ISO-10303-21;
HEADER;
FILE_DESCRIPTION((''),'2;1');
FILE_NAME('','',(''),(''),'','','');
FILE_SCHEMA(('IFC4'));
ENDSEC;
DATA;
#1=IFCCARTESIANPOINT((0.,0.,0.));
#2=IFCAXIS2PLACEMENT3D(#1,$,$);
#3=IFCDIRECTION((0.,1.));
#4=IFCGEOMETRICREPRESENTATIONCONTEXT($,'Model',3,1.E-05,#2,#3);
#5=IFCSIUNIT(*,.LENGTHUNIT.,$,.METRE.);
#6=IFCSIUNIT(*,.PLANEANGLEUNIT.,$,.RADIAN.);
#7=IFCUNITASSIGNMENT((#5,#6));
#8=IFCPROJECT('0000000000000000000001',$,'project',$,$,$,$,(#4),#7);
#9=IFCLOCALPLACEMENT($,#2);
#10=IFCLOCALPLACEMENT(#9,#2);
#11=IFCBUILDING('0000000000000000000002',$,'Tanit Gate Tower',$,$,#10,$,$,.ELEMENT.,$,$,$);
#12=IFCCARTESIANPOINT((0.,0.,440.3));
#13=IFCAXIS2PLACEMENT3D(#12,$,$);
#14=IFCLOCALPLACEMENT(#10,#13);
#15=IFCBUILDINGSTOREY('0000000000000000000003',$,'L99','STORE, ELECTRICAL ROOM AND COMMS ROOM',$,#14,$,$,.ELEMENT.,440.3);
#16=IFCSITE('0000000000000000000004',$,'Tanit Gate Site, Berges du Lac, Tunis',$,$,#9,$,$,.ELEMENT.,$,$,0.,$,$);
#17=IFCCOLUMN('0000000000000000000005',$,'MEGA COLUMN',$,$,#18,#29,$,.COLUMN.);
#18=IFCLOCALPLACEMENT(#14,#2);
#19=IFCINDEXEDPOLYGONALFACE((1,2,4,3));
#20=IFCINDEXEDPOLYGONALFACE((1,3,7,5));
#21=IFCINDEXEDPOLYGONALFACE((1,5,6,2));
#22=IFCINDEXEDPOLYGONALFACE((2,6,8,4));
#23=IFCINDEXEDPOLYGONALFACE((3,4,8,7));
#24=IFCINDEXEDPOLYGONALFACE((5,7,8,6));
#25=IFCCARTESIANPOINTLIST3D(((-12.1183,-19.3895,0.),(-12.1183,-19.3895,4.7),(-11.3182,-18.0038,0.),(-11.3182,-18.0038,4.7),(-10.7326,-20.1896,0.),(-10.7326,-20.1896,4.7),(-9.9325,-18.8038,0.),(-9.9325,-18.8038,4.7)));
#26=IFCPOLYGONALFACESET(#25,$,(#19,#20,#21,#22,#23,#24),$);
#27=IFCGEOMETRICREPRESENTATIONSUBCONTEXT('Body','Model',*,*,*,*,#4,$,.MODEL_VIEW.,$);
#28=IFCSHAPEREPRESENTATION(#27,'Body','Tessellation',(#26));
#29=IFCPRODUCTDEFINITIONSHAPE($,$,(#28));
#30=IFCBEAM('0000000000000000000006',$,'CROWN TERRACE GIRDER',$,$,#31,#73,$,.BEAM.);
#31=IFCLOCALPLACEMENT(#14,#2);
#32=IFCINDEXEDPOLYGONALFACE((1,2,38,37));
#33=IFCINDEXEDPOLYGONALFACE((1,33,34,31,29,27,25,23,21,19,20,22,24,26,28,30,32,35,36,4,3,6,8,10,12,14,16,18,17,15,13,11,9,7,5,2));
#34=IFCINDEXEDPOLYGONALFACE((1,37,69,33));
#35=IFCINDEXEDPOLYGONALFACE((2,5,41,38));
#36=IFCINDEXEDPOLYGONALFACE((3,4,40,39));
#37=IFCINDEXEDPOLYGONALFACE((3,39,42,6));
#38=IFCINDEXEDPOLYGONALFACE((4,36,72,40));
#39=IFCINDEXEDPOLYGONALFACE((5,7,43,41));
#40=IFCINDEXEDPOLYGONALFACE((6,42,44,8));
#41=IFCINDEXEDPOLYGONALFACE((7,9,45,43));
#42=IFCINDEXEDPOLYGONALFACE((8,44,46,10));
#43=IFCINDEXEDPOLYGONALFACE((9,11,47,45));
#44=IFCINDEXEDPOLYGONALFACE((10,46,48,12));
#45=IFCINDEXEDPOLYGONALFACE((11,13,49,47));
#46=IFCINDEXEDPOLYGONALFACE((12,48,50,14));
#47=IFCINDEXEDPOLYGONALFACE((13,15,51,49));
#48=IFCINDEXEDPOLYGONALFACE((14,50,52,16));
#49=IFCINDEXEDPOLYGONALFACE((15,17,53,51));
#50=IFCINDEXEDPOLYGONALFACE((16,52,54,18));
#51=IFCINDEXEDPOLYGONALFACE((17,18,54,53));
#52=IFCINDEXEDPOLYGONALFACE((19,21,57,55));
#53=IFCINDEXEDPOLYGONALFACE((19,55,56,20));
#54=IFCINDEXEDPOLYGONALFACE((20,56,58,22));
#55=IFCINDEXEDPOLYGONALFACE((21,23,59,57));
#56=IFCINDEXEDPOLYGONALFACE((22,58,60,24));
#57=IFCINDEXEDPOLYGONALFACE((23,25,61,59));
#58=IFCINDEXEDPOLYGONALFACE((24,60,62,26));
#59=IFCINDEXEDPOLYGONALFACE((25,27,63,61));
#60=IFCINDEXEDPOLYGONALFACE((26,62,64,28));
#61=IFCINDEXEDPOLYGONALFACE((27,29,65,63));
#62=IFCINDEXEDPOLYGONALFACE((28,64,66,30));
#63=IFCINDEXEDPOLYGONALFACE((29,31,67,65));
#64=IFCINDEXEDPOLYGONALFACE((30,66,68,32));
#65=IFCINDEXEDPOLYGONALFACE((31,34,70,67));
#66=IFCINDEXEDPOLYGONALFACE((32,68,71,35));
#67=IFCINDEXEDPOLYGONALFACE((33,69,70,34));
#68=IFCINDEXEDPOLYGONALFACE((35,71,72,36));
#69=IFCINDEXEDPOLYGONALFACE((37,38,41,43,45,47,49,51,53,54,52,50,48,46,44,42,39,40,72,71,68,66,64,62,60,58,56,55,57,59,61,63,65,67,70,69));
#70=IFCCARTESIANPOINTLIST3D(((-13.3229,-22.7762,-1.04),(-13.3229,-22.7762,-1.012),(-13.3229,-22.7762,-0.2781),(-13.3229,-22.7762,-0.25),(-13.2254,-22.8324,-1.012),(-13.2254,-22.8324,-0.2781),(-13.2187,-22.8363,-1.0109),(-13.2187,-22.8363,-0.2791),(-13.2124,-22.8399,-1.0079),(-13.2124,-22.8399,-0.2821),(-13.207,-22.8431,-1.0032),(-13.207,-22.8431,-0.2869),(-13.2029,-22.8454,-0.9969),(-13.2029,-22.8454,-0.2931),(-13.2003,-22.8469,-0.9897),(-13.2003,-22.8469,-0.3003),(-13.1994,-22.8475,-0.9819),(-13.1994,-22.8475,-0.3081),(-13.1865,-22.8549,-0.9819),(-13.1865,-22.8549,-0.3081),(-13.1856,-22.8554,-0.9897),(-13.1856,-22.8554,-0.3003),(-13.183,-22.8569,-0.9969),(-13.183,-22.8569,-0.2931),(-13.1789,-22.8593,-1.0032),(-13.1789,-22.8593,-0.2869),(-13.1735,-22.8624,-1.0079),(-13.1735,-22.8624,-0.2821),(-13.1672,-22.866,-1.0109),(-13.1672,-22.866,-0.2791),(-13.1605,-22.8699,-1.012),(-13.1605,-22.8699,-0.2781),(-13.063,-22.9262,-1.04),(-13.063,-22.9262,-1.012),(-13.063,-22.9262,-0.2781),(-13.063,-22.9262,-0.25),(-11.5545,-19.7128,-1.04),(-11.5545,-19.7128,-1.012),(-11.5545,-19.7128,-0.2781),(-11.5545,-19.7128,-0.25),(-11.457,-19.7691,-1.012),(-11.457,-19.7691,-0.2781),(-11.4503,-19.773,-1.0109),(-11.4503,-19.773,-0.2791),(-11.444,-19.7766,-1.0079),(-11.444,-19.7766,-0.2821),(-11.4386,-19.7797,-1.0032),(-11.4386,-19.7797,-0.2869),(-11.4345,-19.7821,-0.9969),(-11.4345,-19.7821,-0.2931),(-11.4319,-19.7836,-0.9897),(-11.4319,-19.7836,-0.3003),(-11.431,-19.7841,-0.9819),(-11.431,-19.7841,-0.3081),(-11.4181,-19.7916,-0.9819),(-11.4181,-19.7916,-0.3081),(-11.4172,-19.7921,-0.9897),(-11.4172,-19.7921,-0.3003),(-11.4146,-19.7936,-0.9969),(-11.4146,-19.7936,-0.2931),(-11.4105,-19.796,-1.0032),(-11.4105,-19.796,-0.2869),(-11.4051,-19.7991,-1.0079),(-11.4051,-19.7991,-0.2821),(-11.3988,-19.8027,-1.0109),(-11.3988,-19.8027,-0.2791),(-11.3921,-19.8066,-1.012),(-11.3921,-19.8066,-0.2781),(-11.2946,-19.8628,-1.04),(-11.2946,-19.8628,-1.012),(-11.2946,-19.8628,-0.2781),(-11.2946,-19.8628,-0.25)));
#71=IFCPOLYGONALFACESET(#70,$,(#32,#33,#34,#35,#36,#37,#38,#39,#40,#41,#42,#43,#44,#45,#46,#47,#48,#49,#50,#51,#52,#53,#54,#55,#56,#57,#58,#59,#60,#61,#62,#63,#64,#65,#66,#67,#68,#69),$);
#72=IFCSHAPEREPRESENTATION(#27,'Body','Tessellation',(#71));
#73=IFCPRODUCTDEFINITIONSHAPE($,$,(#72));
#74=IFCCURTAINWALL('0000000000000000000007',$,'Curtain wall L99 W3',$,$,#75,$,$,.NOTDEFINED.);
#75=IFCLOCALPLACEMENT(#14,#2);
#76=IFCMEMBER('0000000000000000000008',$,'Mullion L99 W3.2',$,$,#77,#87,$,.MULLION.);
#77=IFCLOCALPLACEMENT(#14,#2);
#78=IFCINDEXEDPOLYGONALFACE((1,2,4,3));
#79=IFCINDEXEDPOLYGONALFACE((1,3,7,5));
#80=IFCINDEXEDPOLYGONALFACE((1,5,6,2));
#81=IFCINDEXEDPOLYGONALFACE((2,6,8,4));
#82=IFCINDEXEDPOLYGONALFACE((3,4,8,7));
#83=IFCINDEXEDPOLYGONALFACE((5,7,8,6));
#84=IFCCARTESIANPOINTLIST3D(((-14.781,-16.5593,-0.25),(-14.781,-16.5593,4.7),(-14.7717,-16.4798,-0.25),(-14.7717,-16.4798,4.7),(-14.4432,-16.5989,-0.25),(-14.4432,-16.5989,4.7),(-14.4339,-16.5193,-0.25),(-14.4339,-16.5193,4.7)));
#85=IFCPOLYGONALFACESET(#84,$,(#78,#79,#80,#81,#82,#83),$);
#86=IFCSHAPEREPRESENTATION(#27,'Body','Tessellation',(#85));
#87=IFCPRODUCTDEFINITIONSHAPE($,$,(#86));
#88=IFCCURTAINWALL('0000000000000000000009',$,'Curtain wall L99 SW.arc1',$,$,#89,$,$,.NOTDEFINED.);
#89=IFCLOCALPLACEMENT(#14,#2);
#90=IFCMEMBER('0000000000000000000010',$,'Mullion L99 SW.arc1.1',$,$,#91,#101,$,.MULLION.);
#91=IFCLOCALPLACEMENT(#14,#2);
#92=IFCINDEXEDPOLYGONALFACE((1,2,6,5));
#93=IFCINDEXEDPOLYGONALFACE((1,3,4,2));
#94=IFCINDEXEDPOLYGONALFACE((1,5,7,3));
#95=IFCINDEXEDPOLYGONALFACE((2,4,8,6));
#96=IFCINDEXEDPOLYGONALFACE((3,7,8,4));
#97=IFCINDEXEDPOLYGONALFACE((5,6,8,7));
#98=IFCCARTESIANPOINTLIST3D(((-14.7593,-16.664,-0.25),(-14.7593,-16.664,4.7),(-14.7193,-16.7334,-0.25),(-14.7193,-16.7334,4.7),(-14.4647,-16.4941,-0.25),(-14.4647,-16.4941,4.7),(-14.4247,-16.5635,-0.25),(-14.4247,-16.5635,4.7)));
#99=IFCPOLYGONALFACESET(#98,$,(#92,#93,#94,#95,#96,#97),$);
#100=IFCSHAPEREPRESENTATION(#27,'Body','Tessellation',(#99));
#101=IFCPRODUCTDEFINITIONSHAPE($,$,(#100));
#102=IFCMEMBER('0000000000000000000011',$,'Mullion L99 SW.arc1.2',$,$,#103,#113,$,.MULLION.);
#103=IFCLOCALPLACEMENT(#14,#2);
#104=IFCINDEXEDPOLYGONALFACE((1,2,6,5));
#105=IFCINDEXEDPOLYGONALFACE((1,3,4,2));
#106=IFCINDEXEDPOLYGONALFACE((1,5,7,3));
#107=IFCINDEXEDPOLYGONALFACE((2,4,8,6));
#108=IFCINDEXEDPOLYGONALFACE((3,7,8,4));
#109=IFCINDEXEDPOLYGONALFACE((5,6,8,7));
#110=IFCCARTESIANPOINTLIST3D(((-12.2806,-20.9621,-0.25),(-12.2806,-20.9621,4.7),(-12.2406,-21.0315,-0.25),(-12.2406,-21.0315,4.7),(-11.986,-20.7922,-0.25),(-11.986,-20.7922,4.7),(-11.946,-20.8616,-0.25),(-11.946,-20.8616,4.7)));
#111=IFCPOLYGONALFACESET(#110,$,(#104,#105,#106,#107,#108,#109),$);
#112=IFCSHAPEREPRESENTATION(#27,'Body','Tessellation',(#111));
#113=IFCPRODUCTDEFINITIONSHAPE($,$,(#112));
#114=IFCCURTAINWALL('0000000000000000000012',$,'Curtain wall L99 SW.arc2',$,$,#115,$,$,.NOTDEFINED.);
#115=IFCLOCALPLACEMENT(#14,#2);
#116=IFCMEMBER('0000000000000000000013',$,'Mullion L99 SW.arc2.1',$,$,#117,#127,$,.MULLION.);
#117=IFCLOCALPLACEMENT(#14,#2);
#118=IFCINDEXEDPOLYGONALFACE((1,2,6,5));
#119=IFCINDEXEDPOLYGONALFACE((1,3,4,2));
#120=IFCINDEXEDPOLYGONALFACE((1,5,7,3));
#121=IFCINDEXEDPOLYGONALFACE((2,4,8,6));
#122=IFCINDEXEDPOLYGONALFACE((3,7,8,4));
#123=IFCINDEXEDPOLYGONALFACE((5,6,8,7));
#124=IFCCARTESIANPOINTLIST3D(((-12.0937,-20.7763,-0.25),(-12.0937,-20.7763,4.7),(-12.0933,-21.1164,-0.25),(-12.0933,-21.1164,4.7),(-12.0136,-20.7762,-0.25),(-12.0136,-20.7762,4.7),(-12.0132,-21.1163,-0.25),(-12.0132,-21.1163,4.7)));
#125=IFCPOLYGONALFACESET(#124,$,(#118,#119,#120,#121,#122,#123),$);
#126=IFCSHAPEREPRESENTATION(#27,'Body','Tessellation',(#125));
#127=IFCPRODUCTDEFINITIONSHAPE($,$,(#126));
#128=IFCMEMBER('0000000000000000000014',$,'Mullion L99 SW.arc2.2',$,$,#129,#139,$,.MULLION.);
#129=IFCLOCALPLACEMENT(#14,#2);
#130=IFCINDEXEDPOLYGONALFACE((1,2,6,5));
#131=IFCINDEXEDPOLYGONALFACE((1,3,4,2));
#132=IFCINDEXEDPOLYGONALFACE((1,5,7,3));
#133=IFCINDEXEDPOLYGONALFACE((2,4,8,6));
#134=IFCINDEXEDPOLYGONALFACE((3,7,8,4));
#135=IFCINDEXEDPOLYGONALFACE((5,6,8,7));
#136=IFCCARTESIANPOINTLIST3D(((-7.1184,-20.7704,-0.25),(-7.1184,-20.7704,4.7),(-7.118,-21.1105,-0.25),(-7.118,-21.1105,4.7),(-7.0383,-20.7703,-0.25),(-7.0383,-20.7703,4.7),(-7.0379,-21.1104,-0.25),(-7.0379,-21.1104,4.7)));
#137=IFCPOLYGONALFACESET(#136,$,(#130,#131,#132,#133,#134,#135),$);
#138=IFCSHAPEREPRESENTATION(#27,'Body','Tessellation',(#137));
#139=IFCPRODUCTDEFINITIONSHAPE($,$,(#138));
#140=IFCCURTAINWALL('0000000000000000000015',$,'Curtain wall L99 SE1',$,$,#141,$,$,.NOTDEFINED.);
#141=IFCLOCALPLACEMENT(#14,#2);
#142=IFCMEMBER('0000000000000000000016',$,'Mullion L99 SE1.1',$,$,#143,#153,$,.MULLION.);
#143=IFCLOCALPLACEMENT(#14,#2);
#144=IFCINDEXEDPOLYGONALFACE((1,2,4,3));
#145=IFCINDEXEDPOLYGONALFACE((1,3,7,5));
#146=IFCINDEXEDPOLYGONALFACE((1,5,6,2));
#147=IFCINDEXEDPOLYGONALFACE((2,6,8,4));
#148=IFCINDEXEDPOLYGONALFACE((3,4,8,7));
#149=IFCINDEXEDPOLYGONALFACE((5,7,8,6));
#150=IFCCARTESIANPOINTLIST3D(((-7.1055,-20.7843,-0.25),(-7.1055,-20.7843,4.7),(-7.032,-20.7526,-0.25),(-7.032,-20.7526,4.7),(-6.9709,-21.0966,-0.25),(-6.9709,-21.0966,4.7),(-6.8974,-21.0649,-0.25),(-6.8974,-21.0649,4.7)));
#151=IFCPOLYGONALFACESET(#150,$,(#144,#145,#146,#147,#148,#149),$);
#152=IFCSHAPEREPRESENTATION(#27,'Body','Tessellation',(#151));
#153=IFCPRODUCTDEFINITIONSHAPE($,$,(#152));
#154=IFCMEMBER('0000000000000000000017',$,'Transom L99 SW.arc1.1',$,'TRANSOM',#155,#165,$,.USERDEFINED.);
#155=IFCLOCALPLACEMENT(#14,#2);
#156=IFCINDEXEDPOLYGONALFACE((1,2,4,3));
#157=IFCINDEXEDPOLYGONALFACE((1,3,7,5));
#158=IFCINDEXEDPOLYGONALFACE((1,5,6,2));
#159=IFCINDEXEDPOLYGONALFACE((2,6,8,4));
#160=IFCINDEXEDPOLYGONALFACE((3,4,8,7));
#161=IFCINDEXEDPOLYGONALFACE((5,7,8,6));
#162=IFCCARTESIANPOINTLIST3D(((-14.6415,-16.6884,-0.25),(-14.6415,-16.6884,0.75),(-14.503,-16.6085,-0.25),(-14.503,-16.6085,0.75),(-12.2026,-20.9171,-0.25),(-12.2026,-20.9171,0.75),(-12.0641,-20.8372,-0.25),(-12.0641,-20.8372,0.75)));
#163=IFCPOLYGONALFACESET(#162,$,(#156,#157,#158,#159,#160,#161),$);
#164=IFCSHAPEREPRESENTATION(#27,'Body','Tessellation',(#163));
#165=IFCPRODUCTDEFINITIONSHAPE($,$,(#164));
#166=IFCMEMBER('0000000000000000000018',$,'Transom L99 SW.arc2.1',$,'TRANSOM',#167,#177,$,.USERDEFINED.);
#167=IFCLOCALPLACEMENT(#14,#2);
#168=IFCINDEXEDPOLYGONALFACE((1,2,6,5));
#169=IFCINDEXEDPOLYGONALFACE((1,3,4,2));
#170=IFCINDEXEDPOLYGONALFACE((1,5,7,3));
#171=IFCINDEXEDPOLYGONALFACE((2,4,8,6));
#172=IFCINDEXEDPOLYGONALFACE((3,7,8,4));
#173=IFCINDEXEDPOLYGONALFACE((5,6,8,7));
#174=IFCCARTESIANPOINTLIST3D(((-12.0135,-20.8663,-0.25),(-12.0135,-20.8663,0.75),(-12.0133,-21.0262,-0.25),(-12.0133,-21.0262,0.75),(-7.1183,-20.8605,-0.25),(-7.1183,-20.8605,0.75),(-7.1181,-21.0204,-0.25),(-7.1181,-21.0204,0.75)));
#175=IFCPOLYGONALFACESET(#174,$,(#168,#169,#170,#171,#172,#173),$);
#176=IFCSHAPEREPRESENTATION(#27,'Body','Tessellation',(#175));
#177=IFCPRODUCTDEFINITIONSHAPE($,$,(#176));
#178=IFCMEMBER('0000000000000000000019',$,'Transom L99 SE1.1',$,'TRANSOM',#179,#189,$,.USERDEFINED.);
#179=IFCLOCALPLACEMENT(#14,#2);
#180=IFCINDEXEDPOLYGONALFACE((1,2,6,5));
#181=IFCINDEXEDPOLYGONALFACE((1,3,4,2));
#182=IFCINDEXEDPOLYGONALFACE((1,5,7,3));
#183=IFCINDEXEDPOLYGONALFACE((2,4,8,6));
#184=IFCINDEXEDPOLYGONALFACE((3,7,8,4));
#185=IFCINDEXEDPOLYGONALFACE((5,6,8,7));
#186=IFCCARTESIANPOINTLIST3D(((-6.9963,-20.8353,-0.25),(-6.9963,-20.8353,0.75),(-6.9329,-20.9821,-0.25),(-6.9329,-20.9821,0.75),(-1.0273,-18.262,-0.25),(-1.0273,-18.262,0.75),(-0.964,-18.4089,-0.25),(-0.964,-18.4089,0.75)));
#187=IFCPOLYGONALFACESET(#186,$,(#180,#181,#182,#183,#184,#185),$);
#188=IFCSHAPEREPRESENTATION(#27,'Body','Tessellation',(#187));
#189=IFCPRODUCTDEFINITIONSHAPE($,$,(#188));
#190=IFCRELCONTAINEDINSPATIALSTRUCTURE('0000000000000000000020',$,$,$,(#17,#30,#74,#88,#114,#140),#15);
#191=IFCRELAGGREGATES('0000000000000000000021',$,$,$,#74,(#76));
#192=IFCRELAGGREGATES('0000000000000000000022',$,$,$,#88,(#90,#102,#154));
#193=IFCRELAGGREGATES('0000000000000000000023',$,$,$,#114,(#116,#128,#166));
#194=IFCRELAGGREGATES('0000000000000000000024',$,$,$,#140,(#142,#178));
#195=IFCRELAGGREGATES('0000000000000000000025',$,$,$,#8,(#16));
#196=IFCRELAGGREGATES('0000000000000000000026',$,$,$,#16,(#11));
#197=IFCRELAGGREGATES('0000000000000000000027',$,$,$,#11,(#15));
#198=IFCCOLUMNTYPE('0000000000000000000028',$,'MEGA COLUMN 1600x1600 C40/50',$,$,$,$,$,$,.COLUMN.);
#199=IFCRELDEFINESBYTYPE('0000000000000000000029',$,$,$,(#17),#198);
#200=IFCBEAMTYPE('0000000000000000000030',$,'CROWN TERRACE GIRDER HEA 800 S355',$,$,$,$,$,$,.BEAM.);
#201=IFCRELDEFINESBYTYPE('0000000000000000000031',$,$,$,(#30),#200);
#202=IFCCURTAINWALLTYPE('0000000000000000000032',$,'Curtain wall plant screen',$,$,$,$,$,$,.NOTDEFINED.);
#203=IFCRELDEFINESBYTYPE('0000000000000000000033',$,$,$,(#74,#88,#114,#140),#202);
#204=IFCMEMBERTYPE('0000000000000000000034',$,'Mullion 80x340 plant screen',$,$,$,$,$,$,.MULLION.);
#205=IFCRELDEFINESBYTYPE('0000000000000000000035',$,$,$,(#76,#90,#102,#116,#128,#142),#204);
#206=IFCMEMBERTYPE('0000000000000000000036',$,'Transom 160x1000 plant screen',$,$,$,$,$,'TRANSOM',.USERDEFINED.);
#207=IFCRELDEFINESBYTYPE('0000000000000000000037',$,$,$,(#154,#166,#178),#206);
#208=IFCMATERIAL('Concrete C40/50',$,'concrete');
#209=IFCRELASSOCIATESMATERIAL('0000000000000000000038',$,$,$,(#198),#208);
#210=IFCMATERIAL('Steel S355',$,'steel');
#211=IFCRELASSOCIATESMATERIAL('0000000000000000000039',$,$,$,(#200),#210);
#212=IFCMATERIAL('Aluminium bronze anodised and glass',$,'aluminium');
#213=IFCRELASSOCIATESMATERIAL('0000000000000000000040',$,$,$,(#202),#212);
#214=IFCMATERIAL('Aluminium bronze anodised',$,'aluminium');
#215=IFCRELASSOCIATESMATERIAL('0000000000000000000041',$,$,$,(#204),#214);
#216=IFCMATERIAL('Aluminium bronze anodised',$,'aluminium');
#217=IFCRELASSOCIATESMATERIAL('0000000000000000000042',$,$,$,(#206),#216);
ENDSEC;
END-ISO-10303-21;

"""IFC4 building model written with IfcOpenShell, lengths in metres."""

from ifc_helpers import new_model, si_unit, direction, frame, origin, origin_2d, place, context, subcontext, project, spatial, rectangle, i_section, extrude, material, material_profile, profile_set, type_object, element, aggregate, save


model = new_model("IFC4")

# Units and contexts
model_context = context("Model", 3, precision=1e-05, world=origin(), true_north=direction((0.0, 1.0)))
body_context = subcontext(model_context, "Body", "Model", "MODEL_VIEW")
ifc_project = project(units=[si_unit("LENGTHUNIT", "METRE"), si_unit("PLANEANGLEUNIT", "RADIAN")], contexts=[model_context])

# Site, building, storey
site_placement = place(None, origin())
site = spatial("IfcSite", under=ifc_project, at=site_placement, Name="Tanit Gate Site, Berges du Lac, Tunis", CompositionType="ELEMENT", RefElevation=0.0)
building_placement = place(site_placement, origin())
building = spatial("IfcBuilding", under=site, at=building_placement, Name="Tanit Gate Tower", CompositionType="ELEMENT")
storey_placement = place(building_placement, frame((0.0, 0.0, 440.3)))
storey = spatial("IfcBuildingStorey", under=building, at=storey_placement, Name="L99", Description="STORE, ELECTRICAL ROOM AND COMMS ROOM", CompositionType="ELEMENT", Elevation=440.3)

# Column
ifc_material_1 = material(Name="Concrete C40/50", Category="concrete")
ifc_material_profile_1 = material_profile(ifc_material_1, rectangle(XDim=1.6001, YDim=1.6001, at=origin_2d()), Name="RC 1600x1600")
ifc_profile_set_1 = profile_set([ifc_material_profile_1], Name="Concrete C40/50")
column_type = type_object("IfcColumnType", Name="MEGA COLUMN 1600x1600 C40/50", PredefinedType="COLUMN", material=ifc_profile_set_1)
column_placement = place(storey_placement, frame((-11.0254, -19.0967, 0.0), z_axis=(0.0, 0.0, 1.0), x_axis=(-0.5, -0.866025, 0.0)))
element("IfcColumn", 1, at=column_placement, inside=storey, type_object=column_type, Name="MEGA COLUMN", PredefinedType="COLUMN", context=body_context, shape_type="SweptSolid", body=[
    extrude(rectangle(XDim=1.6001, YDim=1.6001, at=origin_2d()), origin(), (0.0, 0.0, 1.0), 4.7),
])

# Beam
ifc_material_2 = material(Name="Steel S355", Category="steel")
ifc_material_profile_2 = material_profile(ifc_material_2, i_section(OverallWidth=0.3, OverallDepth=0.79, WebThickness=0.0149, FlangeThickness=0.0281, FilletRadius=0.03, at=origin_2d()), Name="HEA 800")
ifc_profile_set_2 = profile_set([ifc_material_profile_2], Name="Steel S355")
beam_type = type_object("IfcBeamType", Name="CROWN TERRACE GIRDER HEA 800 S355", PredefinedType="BEAM", material=ifc_profile_set_2)
beam_placement = place(storey_placement, frame((-11.4246, -19.7878, -0.645), z_axis=(-0.499948, -0.866056, 0.0), x_axis=(0.866056, -0.499948, 0.0)))
element("IfcBeam", 2, at=beam_placement, inside=storey, type_object=beam_type, Name="CROWN TERRACE GIRDER", PredefinedType="BEAM", context=body_context, shape_type="SweptSolid", body=[
    extrude(i_section(OverallWidth=0.3, OverallDepth=0.79, WebThickness=0.0149, FlangeThickness=0.0281, FilletRadius=0.03, at=origin_2d()), origin(), (0.0, 0.0, 1.0), 3.5371),
])

# Curtain wall, member
ifc_material_3 = material(Name="Aluminium bronze anodised and glass", Category="aluminium")
curtain_wall_type = type_object("IfcCurtainWallType", Name="Curtain wall plant screen", PredefinedType="NOTDEFINED", material=ifc_material_3)
curtain_wall_1_placement = place(storey_placement, origin())
curtain_wall_1 = element("IfcCurtainWall", 3, at=curtain_wall_1_placement, inside=storey, type_object=curtain_wall_type, Name="Curtain wall L99 W3", PredefinedType="NOTDEFINED")
ifc_material_4 = material(Name="Aluminium bronze anodised", Category="aluminium")
ifc_material_profile_3 = material_profile(ifc_material_4, rectangle(XDim=0.3401, YDim=0.0801, at=origin_2d()), Name="80x340 bronze mullion")
ifc_profile_set_3 = profile_set([ifc_material_profile_3], Name="Aluminium bronze anodised")
member_type_1 = type_object("IfcMemberType", Name="Mullion 80x340 plant screen", PredefinedType="MULLION", material=ifc_profile_set_3)
member_1_placement = place(storey_placement, frame((-14.6074, -16.5393, -0.25), z_axis=(0.0, 0.0, 1.0), x_axis=(0.993212, -0.116318, 0.0)))
member_1 = element("IfcMember", 4, at=member_1_placement, type_object=member_type_1, Name="Mullion L99 W3.2", PredefinedType="MULLION", context=body_context, shape_type="SweptSolid", body=[
    extrude(rectangle(XDim=0.3401, YDim=0.0801, at=origin_2d()), origin(), (0.0, 0.0, 1.0), 4.95),
])
aggregate(curtain_wall_1, [member_1])

# Curtain walls, members
curtain_wall_2_placement = place(storey_placement, origin())
curtain_wall_2 = element("IfcCurtainWall", 5, at=curtain_wall_2_placement, inside=storey, type_object=curtain_wall_type, Name="Curtain wall L99 SW.arc1", PredefinedType="NOTDEFINED")
member_2_placement = place(storey_placement, frame((-14.592, -16.6138, -0.25), z_axis=(0.0, 0.0, 1.0), x_axis=(0.866261, 0.499592, 0.0)))
member_2 = element("IfcMember", 6, at=member_2_placement, type_object=member_type_1, Name="Mullion L99 SW.arc1.1", PredefinedType="MULLION", context=body_context, shape_type="SweptSolid", body=[
    extrude(rectangle(XDim=0.3401, YDim=0.0801, at=origin_2d()), origin(), (0.0, 0.0, 1.0), 4.95),
])
member_3_placement = place(storey_placement, frame((-12.1133, -20.9119, -0.25), z_axis=(0.0, 0.0, 1.0), x_axis=(0.866261, 0.499592, 0.0)))
member_3 = element("IfcMember", 7, at=member_3_placement, type_object=member_type_1, Name="Mullion L99 SW.arc1.2", PredefinedType="MULLION", context=body_context, shape_type="SweptSolid", body=[
    extrude(rectangle(XDim=0.3401, YDim=0.0801, at=origin_2d()), origin(), (0.0, 0.0, 1.0), 4.95),
])
curtain_wall_3_placement = place(storey_placement, origin())
curtain_wall_3 = element("IfcCurtainWall", 8, at=curtain_wall_3_placement, inside=storey, type_object=curtain_wall_type, Name="Curtain wall L99 SW.arc2", PredefinedType="NOTDEFINED")
member_4_placement = place(storey_placement, frame((-12.0535, -20.9463, -0.25), z_axis=(0.0, 0.0, 1.0), x_axis=(-0.001199, 0.999999, 0.0)))
member_4 = element("IfcMember", 9, at=member_4_placement, type_object=member_type_1, Name="Mullion L99 SW.arc2.1", PredefinedType="MULLION", context=body_context, shape_type="SweptSolid", body=[
    extrude(rectangle(XDim=0.3401, YDim=0.0801, at=origin_2d()), origin(), (0.0, 0.0, 1.0), 4.95),
])
member_5_placement = place(storey_placement, frame((-7.0781, -20.9404, -0.25), z_axis=(0.0, 0.0, 1.0), x_axis=(-0.001199, 0.999999, 0.0)))
member_5 = element("IfcMember", 10, at=member_5_placement, type_object=member_type_1, Name="Mullion L99 SW.arc2.2", PredefinedType="MULLION", context=body_context, shape_type="SweptSolid", body=[
    extrude(rectangle(XDim=0.3401, YDim=0.0801, at=origin_2d()), origin(), (0.0, 0.0, 1.0), 4.95),
])

# Curtain wall, member
curtain_wall_4_placement = place(storey_placement, origin())
curtain_wall_4 = element("IfcCurtainWall", 11, at=curtain_wall_4_placement, inside=storey, type_object=curtain_wall_type, Name="Curtain wall L99 SE1", PredefinedType="NOTDEFINED")
member_6_placement = place(storey_placement, frame((-7.0015, -20.9246, -0.25), z_axis=(0.0, 0.0, 1.0), x_axis=(-0.395871, 0.918306, 0.0)))
member_6 = element("IfcMember", 12, at=member_6_placement, type_object=member_type_1, Name="Mullion L99 SE1.1", PredefinedType="MULLION", context=body_context, shape_type="SweptSolid", body=[
    extrude(rectangle(XDim=0.3401, YDim=0.0801, at=origin_2d()), origin(), (0.0, 0.0, 1.0), 4.95),
])

# Members
ifc_material_5 = material(Name="Aluminium bronze anodised", Category="aluminium")
ifc_material_profile_4 = material_profile(ifc_material_5, rectangle(XDim=0.1599, YDim=1.0, at=origin_2d()), Name="160x1000 bronze transom")
ifc_profile_set_4 = profile_set([ifc_material_profile_4], Name="Aluminium bronze anodised")
member_type_2 = type_object("IfcMemberType", Name="Transom 160x1000 plant screen", ElementType="TRANSOM", PredefinedType="USERDEFINED", material=ifc_profile_set_4)
member_7_placement = place(storey_placement, frame((-14.5723, -16.6484, 0.25), z_axis=(0.499614, -0.866248, 0.0), x_axis=(0.866248, 0.499614, 0.0)))
member_7 = element("IfcMember", 13, at=member_7_placement, type_object=member_type_2, Name="Transom L99 SW.arc1.1", ObjectType="TRANSOM", PredefinedType="USERDEFINED", context=body_context, shape_type="SweptSolid", body=[
    extrude(rectangle(XDim=0.1599, YDim=1.0, at=origin_2d()), origin(), (0.0, 0.0, 1.0), 4.8816),
])
member_8_placement = place(storey_placement, frame((-12.0134, -20.9463, 0.25), z_axis=(0.999999, 0.001197, 0.0), x_axis=(-0.001197, 0.999999, 0.0)))
member_8 = element("IfcMember", 14, at=member_8_placement, type_object=member_type_2, Name="Transom L99 SW.arc2.1", ObjectType="TRANSOM", PredefinedType="USERDEFINED", context=body_context, shape_type="SweptSolid", body=[
    extrude(rectangle(XDim=0.1599, YDim=1.0, at=origin_2d()), origin(), (0.0, 0.0, 1.0), 4.8953),
])
member_9_placement = place(storey_placement, frame((-6.9646, -20.9087, 0.25), z_axis=(0.918302, 0.395881, 0.0), x_axis=(-0.395881, 0.918302, 0.0)))
member_9 = element("IfcMember", 15, at=member_9_placement, type_object=member_type_2, Name="Transom L99 SE1.1", ObjectType="TRANSOM", PredefinedType="USERDEFINED", context=body_context, shape_type="SweptSolid", body=[
    extrude(rectangle(XDim=0.1599, YDim=1.0, at=origin_2d()), origin(), (0.0, 0.0, 1.0), 6.5),
])

aggregate(curtain_wall_2, [member_2, member_3, member_7])
aggregate(curtain_wall_3, [member_4, member_5, member_8])
aggregate(curtain_wall_4, [member_6, member_9])

save(model, "model.ifc")
